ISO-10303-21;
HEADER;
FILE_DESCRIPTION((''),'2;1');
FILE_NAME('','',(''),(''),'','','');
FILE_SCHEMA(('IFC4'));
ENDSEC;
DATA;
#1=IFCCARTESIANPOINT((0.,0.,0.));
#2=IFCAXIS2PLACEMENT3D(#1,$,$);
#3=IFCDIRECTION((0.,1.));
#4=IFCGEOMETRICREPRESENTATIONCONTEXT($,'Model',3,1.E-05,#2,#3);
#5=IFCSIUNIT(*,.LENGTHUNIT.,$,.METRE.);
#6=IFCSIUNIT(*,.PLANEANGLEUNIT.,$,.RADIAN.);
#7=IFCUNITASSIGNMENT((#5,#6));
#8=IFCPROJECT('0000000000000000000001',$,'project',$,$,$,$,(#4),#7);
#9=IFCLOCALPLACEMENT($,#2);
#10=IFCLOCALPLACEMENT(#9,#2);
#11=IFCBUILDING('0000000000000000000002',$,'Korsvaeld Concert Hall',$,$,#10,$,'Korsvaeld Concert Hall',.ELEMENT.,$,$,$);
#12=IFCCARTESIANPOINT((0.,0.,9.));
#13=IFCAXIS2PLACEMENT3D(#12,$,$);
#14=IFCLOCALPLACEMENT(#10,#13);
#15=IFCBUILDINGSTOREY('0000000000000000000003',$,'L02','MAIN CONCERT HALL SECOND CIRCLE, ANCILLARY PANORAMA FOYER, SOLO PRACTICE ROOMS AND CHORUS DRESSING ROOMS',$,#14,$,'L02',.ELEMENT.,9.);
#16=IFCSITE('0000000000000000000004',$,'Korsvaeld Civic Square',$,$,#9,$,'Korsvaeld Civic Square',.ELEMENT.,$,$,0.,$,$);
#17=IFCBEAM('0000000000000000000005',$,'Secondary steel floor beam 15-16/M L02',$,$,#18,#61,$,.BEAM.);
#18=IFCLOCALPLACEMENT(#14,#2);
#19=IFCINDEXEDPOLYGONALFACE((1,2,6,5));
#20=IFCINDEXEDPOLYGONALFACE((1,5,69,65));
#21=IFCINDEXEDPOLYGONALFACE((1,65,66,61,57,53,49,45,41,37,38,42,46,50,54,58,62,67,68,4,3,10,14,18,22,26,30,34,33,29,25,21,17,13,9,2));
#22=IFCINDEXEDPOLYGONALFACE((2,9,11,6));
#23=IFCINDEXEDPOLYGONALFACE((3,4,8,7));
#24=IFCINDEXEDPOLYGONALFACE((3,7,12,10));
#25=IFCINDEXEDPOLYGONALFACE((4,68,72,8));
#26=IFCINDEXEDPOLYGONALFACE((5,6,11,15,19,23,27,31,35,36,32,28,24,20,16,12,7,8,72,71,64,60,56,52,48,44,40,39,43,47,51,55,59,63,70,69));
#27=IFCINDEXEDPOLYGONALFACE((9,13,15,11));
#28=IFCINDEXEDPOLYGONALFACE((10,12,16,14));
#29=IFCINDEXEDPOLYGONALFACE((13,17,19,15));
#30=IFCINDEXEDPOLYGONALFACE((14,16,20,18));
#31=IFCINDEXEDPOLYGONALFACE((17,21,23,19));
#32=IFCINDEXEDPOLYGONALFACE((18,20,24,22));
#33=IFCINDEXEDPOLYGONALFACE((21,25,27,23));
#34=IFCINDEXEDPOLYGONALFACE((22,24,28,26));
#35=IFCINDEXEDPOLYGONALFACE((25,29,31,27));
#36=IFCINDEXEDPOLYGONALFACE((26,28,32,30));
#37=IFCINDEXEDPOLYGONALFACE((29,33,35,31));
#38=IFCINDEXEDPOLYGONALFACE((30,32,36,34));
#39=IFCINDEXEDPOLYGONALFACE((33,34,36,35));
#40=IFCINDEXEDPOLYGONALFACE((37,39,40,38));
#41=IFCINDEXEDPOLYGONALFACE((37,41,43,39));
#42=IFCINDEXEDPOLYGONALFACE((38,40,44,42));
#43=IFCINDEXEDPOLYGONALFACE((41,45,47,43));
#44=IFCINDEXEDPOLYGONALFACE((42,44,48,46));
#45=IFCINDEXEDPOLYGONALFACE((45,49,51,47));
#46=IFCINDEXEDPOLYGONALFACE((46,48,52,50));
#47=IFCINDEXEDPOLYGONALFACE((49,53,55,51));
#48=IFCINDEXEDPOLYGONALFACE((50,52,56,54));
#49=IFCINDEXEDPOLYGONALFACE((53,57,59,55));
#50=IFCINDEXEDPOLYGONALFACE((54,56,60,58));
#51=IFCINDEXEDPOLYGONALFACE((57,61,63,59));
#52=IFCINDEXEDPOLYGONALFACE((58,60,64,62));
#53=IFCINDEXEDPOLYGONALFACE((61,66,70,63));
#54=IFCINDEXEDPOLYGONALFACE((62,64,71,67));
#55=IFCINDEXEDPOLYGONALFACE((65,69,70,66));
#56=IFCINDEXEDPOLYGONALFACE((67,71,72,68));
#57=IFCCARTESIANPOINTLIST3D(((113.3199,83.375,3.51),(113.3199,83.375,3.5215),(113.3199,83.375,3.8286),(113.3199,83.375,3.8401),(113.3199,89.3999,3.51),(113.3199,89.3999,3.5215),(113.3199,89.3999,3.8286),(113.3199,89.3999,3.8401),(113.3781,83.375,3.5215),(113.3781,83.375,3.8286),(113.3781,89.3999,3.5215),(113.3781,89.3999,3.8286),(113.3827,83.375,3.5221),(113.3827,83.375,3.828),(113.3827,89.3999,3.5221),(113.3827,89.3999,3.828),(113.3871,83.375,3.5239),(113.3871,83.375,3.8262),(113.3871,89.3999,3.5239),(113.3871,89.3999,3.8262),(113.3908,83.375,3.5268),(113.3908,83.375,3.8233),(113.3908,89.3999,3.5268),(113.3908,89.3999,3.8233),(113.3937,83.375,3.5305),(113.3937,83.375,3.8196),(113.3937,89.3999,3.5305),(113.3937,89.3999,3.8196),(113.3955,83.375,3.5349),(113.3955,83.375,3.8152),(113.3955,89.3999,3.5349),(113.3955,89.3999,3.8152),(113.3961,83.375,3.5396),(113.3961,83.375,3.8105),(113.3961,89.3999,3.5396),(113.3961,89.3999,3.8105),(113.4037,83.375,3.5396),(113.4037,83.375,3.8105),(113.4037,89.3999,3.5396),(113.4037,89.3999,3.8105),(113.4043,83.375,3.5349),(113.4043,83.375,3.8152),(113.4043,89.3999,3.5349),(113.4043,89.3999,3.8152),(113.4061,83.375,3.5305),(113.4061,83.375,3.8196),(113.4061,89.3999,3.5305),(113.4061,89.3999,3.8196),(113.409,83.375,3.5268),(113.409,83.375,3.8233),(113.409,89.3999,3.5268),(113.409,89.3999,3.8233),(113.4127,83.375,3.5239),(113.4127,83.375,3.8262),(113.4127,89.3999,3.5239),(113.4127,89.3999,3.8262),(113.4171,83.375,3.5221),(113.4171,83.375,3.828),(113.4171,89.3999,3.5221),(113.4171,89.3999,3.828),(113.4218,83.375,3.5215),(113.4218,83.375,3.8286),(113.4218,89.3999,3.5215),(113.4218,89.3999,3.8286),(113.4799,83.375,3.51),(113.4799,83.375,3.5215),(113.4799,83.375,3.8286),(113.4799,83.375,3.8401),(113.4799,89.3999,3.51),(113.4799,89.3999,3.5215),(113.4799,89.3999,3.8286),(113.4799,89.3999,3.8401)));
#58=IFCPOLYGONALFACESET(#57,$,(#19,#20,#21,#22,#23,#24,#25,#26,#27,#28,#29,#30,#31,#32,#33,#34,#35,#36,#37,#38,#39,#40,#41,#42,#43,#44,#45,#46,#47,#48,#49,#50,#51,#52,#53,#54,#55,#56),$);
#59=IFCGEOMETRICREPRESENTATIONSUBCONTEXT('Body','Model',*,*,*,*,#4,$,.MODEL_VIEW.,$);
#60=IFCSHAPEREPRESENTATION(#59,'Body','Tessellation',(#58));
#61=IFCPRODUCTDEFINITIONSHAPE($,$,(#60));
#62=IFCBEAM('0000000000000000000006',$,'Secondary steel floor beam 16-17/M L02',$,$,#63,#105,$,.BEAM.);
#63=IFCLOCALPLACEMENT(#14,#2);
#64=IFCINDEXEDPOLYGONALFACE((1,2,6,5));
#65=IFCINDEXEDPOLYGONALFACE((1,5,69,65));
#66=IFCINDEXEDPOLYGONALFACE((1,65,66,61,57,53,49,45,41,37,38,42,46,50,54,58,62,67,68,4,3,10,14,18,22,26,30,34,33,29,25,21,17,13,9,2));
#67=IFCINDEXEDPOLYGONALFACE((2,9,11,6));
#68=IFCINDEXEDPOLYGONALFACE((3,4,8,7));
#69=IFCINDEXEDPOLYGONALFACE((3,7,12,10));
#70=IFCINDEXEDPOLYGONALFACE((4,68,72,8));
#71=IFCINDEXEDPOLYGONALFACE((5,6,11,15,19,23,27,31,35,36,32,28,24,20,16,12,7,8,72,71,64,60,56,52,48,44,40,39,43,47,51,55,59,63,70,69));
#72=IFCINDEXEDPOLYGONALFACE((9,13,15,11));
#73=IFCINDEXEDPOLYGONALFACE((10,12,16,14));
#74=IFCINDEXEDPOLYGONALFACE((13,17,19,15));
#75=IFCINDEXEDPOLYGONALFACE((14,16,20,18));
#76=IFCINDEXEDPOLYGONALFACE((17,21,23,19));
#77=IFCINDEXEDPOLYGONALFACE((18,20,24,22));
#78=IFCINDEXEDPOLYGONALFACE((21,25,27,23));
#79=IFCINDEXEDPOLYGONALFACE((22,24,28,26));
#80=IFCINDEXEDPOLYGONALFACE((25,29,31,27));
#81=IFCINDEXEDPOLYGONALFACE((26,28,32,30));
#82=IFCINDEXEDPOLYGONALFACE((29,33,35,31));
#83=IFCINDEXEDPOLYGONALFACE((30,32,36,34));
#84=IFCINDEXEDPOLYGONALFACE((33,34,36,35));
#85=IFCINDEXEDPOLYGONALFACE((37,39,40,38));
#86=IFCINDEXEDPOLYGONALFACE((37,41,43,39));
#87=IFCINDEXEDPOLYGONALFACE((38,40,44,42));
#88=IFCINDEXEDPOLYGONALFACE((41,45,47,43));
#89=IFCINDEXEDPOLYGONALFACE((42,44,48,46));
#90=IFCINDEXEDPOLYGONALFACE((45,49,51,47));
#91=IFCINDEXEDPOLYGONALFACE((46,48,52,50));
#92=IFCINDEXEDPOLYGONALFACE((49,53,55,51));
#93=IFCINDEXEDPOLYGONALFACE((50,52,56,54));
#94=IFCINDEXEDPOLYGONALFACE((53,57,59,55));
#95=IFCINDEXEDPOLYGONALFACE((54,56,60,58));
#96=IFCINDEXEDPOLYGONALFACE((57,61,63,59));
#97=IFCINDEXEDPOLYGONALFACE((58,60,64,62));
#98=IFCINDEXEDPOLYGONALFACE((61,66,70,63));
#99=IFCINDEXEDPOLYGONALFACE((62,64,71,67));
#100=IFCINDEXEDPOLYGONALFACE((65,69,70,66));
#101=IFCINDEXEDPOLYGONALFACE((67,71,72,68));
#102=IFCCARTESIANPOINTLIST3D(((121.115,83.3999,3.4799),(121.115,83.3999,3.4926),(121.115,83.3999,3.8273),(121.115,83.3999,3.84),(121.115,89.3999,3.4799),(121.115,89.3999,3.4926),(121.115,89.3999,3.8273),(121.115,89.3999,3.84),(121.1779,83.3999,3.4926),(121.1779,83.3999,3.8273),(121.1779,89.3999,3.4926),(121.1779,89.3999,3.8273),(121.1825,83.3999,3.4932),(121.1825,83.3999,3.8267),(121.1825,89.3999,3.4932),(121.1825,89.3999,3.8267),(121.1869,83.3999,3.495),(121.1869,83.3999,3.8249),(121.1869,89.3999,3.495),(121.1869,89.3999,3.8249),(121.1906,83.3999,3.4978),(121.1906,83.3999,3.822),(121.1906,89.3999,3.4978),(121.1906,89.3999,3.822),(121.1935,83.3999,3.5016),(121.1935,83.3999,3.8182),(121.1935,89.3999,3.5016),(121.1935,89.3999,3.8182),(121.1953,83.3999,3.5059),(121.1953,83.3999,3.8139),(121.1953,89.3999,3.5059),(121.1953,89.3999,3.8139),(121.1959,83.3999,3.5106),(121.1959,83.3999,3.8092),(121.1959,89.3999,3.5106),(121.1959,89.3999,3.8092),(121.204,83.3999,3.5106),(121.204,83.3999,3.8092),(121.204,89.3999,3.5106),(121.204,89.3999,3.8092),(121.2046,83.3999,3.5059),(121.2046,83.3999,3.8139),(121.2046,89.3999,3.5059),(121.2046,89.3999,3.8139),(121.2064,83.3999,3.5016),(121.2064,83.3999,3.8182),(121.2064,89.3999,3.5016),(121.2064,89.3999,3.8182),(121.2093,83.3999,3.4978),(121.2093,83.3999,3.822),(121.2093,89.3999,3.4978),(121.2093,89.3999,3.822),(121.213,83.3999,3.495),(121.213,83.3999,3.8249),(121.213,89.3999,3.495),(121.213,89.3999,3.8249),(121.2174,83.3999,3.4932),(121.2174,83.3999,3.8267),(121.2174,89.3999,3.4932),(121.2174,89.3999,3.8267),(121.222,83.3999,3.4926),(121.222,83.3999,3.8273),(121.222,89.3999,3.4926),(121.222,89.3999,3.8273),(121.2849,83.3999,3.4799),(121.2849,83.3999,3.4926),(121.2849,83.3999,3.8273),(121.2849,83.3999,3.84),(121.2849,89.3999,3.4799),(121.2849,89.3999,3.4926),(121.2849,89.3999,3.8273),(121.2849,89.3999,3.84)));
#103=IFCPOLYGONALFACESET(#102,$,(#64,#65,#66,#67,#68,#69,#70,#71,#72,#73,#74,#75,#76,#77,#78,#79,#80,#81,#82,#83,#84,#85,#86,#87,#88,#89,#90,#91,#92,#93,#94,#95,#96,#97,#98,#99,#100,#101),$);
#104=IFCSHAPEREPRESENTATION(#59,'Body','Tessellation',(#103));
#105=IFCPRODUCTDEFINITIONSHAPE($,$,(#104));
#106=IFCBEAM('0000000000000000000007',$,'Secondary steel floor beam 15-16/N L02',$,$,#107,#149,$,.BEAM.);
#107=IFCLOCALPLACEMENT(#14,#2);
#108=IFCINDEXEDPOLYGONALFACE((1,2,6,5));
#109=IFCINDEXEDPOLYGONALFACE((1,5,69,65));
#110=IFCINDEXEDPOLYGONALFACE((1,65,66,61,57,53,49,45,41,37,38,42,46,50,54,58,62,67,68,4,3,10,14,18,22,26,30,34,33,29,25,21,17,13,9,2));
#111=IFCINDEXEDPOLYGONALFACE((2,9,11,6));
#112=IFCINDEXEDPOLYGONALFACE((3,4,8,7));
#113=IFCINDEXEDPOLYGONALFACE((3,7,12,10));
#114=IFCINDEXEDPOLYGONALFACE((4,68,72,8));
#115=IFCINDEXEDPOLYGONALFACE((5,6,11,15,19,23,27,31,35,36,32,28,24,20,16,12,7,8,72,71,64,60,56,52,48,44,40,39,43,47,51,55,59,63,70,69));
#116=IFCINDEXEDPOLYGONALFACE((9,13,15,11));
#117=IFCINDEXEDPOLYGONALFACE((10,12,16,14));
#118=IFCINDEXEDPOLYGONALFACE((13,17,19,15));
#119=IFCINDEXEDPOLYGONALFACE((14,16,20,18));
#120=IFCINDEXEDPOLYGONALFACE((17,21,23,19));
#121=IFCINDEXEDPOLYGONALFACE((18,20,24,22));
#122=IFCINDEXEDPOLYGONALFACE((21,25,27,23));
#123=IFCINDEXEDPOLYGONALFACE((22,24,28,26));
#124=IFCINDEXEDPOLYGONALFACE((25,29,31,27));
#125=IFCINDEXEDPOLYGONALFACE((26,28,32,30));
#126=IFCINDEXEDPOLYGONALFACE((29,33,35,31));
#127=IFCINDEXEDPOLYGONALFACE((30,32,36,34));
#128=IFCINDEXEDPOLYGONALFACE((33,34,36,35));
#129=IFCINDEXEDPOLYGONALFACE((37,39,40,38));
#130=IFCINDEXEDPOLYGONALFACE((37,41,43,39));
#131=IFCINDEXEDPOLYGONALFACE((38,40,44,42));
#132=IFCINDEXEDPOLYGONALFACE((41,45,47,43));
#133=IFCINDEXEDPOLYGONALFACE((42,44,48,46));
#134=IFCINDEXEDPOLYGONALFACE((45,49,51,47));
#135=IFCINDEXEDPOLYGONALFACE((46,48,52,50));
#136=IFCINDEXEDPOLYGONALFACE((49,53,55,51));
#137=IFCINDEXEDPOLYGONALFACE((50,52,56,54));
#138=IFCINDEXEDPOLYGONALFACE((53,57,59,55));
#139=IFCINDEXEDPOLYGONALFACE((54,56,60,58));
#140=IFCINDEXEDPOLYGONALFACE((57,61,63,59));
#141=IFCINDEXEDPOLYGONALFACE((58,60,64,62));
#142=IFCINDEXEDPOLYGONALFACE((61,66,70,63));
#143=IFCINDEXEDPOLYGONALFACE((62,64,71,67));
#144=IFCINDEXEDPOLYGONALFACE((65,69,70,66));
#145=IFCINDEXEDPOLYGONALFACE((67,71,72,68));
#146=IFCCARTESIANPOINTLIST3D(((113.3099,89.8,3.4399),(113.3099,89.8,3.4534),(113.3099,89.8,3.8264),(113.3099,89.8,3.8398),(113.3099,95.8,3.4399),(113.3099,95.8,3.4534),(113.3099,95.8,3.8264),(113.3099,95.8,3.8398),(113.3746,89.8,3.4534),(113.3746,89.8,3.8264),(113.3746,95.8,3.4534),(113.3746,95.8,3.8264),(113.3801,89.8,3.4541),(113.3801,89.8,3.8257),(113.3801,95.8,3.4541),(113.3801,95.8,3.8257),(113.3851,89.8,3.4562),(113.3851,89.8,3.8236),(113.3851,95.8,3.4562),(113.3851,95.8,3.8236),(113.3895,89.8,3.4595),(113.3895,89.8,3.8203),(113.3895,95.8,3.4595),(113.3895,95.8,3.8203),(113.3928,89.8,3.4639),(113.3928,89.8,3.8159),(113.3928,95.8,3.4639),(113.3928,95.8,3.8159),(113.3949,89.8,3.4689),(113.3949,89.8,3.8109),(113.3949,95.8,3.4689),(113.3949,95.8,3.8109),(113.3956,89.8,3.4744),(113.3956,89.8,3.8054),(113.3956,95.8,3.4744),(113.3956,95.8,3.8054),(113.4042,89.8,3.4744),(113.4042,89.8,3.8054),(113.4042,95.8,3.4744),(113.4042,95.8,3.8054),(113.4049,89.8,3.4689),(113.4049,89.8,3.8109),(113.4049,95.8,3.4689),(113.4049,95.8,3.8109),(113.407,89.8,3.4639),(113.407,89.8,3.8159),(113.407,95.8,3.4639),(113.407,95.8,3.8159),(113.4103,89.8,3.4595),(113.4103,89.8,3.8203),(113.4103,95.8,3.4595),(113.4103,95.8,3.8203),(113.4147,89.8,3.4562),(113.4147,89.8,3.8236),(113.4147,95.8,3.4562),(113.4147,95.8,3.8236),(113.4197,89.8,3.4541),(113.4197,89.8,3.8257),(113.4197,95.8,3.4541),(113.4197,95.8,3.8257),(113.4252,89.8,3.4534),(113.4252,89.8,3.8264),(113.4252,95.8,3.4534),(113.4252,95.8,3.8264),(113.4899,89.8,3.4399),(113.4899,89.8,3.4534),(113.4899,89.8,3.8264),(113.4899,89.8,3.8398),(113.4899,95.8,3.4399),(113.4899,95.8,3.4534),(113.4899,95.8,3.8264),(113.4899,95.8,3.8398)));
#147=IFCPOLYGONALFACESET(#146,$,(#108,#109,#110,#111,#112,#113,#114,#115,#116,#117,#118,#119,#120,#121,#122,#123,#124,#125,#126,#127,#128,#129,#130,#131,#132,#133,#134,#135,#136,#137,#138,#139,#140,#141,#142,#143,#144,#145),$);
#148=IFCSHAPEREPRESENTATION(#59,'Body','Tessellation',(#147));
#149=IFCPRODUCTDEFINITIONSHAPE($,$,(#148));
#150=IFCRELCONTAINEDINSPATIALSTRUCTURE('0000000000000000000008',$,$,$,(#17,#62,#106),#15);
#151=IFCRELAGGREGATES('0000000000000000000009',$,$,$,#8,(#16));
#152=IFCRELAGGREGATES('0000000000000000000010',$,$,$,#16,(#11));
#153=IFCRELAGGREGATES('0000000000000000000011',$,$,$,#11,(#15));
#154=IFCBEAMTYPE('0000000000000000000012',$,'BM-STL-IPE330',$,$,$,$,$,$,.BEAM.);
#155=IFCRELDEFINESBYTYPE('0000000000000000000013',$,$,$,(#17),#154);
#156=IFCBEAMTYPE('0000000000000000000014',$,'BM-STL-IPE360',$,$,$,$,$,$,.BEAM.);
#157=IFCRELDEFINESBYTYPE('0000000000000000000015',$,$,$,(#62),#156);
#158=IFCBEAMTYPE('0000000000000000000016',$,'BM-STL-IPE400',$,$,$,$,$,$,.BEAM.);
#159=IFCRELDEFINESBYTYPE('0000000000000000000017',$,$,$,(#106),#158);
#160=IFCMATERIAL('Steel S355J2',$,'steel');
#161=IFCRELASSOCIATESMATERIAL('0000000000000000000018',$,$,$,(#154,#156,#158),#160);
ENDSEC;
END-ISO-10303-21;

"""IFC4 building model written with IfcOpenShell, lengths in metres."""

from ifc_helpers import new_model, si_unit, direction, frame, origin, origin_2d, place, context, subcontext, project, spatial, i_section, extrude, material, material_profile, profile_set, type_object, element, save


model = new_model("IFC4")

# Units and contexts
model_context = context("Model", 3, precision=1e-05, world=origin(), true_north=direction((0.0, 1.0)))
body_context = subcontext(model_context, "Body", "Model", "MODEL_VIEW")
ifc_project = project(units=[si_unit("LENGTHUNIT", "METRE"), si_unit("PLANEANGLEUNIT", "RADIAN")], contexts=[model_context])

# Site, building, storey
site_placement = place(None, origin())
site = spatial("IfcSite", under=ifc_project, at=site_placement, Name="Korsvaeld Civic Square", LongName="Korsvaeld Civic Square", CompositionType="ELEMENT", RefElevation=0.0)
building_placement = place(site_placement, origin())
building = spatial("IfcBuilding", under=site, at=building_placement, Name="Korsvaeld Concert Hall", LongName="Korsvaeld Concert Hall", CompositionType="ELEMENT")
storey_placement = place(building_placement, frame((0.0, 0.0, 9.0)))
storey = spatial("IfcBuildingStorey", under=building, at=storey_placement, Name="L02", Description="MAIN CONCERT HALL SECOND CIRCLE, ANCILLARY PANORAMA FOYER, SOLO PRACTICE ROOMS AND CHORUS DRESSING ROOMS", LongName="L02", CompositionType="ELEMENT", Elevation=9.0)

# Beams
ifc_material_1 = material(Name="Steel S355J2", Category="steel")
ifc_material_profile_1 = material_profile(ifc_material_1, i_section(OverallWidth=0.1599, OverallDepth=0.3301, WebThickness=0.0076, FlangeThickness=0.0115, FilletRadius=0.0181, at=origin_2d()), Name="IPE 330")
ifc_profile_set_1 = profile_set([ifc_material_profile_1], Name="Steel S355J2")
beam_type_1 = type_object("IfcBeamType", Name="BM-STL-IPE330", PredefinedType="BEAM", material=ifc_profile_set_1)
beam_1_placement = place(storey_placement, frame((113.3999, 83.375, 3.675), z_axis=(0.0, 1.0, 0.0), x_axis=(-1.0, 0.0, 0.0)))
element("IfcBeam", 1, at=beam_1_placement, inside=storey, type_object=beam_type_1, Name="Secondary steel floor beam 15-16/M L02", PredefinedType="BEAM", context=body_context, shape_type="SweptSolid", body=[
    extrude(i_section(OverallWidth=0.1599, OverallDepth=0.3301, WebThickness=0.0076, FlangeThickness=0.0115, FilletRadius=0.0181, at=origin_2d()), origin(), (0.0, 0.0, 1.0), 6.0249),
])
ifc_material_profile_2 = material_profile(ifc_material_1, i_section(OverallWidth=0.1699, OverallDepth=0.3601, WebThickness=0.0081, FlangeThickness=0.0127, FilletRadius=0.0181, at=origin_2d()), Name="IPE 360")
ifc_profile_set_2 = profile_set([ifc_material_profile_2], Name="Steel S355J2")
beam_type_2 = type_object("IfcBeamType", Name="BM-STL-IPE360", PredefinedType="BEAM", material=ifc_profile_set_2)
beam_2_placement = place(storey_placement, frame((121.2, 83.3999, 3.6599), z_axis=(0.0, 1.0, 0.0), x_axis=(-1.0, 0.0, 0.0)))
element("IfcBeam", 2, at=beam_2_placement, inside=storey, type_object=beam_type_2, Name="Secondary steel floor beam 16-17/M L02", PredefinedType="BEAM", context=body_context, shape_type="SweptSolid", body=[
    extrude(i_section(OverallWidth=0.1699, OverallDepth=0.3601, WebThickness=0.0081, FlangeThickness=0.0127, FilletRadius=0.0181, at=origin_2d()), origin(), (0.0, 0.0, 1.0), 6.0),
])
ifc_material_profile_3 = material_profile(ifc_material_1, i_section(OverallWidth=0.1799, OverallDepth=0.3999, WebThickness=0.0085, FlangeThickness=0.0134, FilletRadius=0.021, at=origin_2d()), Name="IPE 400")
ifc_profile_set_3 = profile_set([ifc_material_profile_3], Name="Steel S355J2")
beam_type_3 = type_object("IfcBeamType", Name="BM-STL-IPE400", PredefinedType="BEAM", material=ifc_profile_set_3)
beam_3_placement = place(storey_placement, frame((113.3999, 89.8, 3.6399), z_axis=(0.0, 1.0, 0.0), x_axis=(-1.0, 0.0, 0.0)))
element("IfcBeam", 3, at=beam_3_placement, inside=storey, type_object=beam_type_3, Name="Secondary steel floor beam 15-16/N L02", PredefinedType="BEAM", context=body_context, shape_type="SweptSolid", body=[
    extrude(i_section(OverallWidth=0.1799, OverallDepth=0.3999, WebThickness=0.0085, FlangeThickness=0.0134, FilletRadius=0.021, at=origin_2d()), origin(), (0.0, 0.0, 1.0), 6.0),
])

save(model, "model.ifc")
